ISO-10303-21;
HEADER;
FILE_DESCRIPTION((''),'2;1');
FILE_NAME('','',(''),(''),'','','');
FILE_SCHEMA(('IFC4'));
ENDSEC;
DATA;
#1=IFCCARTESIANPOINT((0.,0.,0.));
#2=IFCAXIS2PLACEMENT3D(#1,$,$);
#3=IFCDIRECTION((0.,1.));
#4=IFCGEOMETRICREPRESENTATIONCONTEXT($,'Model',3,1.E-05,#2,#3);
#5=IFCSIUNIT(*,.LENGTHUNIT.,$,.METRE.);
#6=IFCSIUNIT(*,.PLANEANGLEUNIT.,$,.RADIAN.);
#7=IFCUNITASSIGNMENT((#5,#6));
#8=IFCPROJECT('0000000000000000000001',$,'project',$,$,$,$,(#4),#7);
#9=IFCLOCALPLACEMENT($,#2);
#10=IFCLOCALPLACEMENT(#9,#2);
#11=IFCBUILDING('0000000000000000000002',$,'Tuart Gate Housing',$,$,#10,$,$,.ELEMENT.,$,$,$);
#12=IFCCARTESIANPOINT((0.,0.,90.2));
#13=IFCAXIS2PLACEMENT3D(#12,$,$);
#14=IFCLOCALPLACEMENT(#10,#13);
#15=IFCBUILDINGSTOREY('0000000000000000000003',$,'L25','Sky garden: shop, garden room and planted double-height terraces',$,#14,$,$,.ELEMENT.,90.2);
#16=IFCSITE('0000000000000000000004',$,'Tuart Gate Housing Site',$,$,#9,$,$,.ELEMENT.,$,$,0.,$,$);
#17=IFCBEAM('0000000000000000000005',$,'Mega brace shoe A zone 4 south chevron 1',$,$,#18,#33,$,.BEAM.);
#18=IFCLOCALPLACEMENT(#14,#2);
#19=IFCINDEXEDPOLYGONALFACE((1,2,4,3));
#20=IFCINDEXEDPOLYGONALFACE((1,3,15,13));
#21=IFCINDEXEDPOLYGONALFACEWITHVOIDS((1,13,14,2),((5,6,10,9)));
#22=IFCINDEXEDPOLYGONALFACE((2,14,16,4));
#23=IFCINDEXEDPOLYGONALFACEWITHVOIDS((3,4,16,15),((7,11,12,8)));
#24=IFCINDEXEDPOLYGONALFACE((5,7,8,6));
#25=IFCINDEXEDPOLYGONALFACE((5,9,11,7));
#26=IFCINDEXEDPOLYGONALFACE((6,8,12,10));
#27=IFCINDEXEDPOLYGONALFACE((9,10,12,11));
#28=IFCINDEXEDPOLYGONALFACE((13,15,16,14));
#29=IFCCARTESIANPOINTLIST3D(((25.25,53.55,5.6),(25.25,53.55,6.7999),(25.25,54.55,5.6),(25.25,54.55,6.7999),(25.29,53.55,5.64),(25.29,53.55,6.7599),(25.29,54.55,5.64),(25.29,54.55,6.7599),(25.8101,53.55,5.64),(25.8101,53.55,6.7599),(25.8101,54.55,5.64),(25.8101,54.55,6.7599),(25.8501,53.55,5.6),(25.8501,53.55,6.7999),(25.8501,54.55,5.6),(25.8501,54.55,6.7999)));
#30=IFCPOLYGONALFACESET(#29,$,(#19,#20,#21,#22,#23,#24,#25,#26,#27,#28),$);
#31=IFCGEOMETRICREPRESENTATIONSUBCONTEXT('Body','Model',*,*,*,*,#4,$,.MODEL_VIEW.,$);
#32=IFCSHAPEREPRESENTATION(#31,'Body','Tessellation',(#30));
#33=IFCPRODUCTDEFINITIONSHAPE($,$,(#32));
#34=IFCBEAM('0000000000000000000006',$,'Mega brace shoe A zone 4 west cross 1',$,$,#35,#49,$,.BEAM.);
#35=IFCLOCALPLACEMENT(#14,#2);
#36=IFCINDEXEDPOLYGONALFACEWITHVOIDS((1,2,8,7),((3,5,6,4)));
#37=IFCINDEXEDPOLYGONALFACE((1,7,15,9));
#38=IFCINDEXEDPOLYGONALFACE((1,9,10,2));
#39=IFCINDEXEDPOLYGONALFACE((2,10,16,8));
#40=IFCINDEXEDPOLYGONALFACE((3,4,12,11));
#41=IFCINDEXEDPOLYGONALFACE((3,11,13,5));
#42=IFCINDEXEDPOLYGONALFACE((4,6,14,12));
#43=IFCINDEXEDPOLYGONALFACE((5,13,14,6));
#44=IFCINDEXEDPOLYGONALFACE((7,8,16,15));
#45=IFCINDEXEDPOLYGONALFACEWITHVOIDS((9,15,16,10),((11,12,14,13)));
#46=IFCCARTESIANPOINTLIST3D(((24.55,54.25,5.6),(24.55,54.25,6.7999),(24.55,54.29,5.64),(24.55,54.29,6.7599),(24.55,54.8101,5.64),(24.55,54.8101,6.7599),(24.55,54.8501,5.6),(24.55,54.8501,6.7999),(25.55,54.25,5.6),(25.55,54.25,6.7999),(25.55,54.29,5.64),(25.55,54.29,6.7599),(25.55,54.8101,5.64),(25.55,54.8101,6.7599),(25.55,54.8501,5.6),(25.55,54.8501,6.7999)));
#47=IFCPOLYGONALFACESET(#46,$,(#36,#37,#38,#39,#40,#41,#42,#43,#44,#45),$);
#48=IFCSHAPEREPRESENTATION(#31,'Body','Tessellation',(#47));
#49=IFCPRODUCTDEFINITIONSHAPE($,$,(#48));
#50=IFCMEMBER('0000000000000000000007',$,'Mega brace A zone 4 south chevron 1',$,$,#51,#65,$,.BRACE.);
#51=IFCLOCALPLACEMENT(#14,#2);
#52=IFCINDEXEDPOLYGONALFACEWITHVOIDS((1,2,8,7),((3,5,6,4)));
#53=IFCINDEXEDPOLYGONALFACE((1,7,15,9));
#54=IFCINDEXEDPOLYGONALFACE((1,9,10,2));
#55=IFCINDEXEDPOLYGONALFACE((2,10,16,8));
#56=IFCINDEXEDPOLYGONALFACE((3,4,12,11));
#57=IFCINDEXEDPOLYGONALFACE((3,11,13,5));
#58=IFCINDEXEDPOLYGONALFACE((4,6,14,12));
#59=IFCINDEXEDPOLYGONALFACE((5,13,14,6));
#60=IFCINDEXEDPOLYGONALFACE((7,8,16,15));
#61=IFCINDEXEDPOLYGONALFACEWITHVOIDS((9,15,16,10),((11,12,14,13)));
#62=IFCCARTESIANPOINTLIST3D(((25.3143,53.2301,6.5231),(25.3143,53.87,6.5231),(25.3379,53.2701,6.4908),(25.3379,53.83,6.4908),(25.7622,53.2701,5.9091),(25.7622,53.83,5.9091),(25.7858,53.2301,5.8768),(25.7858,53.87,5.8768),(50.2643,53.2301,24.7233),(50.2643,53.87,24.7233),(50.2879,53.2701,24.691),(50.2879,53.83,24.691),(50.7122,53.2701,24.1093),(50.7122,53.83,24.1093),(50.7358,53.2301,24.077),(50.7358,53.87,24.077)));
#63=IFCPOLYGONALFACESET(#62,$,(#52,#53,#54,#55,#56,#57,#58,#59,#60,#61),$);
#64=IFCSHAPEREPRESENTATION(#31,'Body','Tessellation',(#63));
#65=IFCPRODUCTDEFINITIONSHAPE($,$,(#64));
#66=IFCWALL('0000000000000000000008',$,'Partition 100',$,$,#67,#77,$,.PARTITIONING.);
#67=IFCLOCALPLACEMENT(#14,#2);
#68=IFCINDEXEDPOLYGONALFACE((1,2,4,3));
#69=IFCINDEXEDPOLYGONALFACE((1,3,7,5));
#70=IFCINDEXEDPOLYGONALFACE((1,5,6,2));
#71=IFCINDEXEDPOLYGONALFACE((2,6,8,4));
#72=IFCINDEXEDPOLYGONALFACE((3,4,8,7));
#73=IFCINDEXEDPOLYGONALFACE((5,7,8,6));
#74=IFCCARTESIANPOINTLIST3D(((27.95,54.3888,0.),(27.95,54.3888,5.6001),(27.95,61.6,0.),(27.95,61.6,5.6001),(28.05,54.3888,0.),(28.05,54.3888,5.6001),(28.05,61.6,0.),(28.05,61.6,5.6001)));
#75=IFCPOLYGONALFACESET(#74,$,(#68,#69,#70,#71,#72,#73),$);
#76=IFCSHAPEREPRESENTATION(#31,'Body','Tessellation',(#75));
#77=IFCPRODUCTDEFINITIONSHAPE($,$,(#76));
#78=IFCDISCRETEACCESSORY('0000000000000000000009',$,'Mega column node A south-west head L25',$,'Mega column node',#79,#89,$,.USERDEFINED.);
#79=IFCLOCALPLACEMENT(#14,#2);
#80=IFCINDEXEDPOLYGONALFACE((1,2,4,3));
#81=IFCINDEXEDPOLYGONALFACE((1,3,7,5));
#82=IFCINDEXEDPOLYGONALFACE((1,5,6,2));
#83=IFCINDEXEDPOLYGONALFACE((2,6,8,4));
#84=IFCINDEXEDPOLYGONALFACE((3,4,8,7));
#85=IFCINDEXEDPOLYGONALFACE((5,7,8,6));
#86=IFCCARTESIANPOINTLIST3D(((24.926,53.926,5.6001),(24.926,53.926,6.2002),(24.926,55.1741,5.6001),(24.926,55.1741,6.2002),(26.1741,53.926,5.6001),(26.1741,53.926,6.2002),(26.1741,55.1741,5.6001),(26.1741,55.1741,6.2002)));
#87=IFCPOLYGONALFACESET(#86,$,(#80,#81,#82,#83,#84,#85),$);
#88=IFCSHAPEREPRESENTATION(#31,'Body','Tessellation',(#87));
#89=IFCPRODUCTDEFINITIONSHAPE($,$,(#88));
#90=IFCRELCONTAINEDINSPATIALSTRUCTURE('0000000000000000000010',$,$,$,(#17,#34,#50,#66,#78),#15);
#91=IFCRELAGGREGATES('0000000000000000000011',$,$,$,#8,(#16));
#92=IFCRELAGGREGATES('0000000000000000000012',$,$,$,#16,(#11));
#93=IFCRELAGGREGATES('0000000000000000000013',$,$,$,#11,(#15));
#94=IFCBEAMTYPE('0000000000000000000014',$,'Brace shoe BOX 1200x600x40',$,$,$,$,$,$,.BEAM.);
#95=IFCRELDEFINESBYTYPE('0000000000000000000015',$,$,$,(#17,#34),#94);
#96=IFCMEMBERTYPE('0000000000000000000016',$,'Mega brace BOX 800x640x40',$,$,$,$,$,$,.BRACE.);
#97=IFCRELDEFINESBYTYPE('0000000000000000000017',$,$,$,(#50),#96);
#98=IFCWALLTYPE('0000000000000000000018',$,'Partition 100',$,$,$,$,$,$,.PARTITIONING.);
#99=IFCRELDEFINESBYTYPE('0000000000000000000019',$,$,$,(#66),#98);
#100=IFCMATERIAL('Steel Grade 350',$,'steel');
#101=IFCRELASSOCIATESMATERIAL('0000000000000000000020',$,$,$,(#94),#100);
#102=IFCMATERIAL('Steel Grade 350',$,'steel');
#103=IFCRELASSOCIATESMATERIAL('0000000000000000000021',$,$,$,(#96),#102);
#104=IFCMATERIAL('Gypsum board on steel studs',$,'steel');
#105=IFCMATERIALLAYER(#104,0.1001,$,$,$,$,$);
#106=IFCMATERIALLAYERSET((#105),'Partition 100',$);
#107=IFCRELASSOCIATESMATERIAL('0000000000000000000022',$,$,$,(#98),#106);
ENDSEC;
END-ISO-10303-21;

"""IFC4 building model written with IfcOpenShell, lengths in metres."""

from ifc_helpers import new_model, si_unit, direction, frame, frame_2d, origin, origin_2d, place, context, subcontext, project, spatial, rectangle, hollow_rectangle, extrude, material, layer, layer_set, material_profile, profile_set, type_object, element, save


model = new_model("IFC4")

# Units and contexts
model_context = context("Model", 3, precision=1e-05, world=origin(), true_north=direction((0.0, 1.0)))
body_context = subcontext(model_context, "Body", "Model", "MODEL_VIEW")
ifc_project = project(units=[si_unit("LENGTHUNIT", "METRE"), si_unit("PLANEANGLEUNIT", "RADIAN")], contexts=[model_context])

# Site, building, storey
site_placement = place(None, origin())
site = spatial("IfcSite", under=ifc_project, at=site_placement, Name="Tuart Gate Housing Site", CompositionType="ELEMENT", RefElevation=0.0)
building_placement = place(site_placement, origin())
building = spatial("IfcBuilding", under=site, at=building_placement, Name="Tuart Gate Housing", CompositionType="ELEMENT")
storey_placement = place(building_placement, frame((0.0, 0.0, 90.2)))
storey = spatial("IfcBuildingStorey", under=building, at=storey_placement, Name="L25", Description="Sky garden: shop, garden room and planted double-height terraces", CompositionType="ELEMENT", Elevation=90.2)

# Beams
ifc_material_1 = material(Name="Steel Grade 350", Category="steel")
ifc_material_profile_1 = material_profile(ifc_material_1, hollow_rectangle(XDim=0.6001, YDim=1.2, WallThickness=0.04, at=origin_2d()), Name="BOX 1200x600x40")
ifc_profile_set_1 = profile_set([ifc_material_profile_1], Name="Steel Grade 350")
beam_type = type_object("IfcBeamType", Name="Brace shoe BOX 1200x600x40", PredefinedType="BEAM", material=ifc_profile_set_1)
for number, where, z_axis, x_axis, name in (
    (1, (25.55, 54.55, 6.2), (0.0, -1.0, 0.0), (1.0, 0.0, 0.0), "Mega brace shoe A zone 4 south chevron 1"),
    (2, (25.55, 54.55, 6.2), (-1.0, 0.0, 0.0), (0.0, -1.0, 0.0), "Mega brace shoe A zone 4 west cross 1"),
):
    element("IfcBeam", number, at=place(storey_placement, frame(where, z_axis=z_axis, x_axis=x_axis)), inside=storey, type_object=beam_type, Name=name, PredefinedType="BEAM", context=body_context, shape_type="SweptSolid", body=[
        extrude(hollow_rectangle(XDim=0.6001, YDim=1.2, WallThickness=0.04, at=origin_2d()), origin(), (0.0, 0.0, 1.0), 1.0),
    ])

# Member
ifc_material_2 = material(Name="Steel Grade 350", Category="steel")
ifc_material_profile_2 = material_profile(ifc_material_2, hollow_rectangle(XDim=0.6399, YDim=0.8, WallThickness=0.04, at=origin_2d()), Name="BOX 800x640x40")
ifc_profile_set_2 = profile_set([ifc_material_profile_2], Name="Steel Grade 350")
member_type = type_object("IfcMemberType", Name="Mega brace BOX 800x640x40", PredefinedType="BRACE", material=ifc_profile_set_2)
member_placement = place(storey_placement, frame((25.55, 53.55, 6.2), z_axis=(0.807892, 0.0, 0.589331), x_axis=(0.0, 1.0, 0.0)))
element("IfcMember", 3, at=member_placement, inside=storey, type_object=member_type, Name="Mega brace A zone 4 south chevron 1", PredefinedType="BRACE", context=body_context, shape_type="SweptSolid", body=[
    extrude(hollow_rectangle(XDim=0.6399, YDim=0.8, WallThickness=0.04, at=origin_2d()), origin(), (0.0, 0.0, 1.0), 30.8828),
])

# Wall
ifc_material_3 = material(Name="Gypsum board on steel studs", Category="steel")
ifc_layer_1 = layer(ifc_material_3, 0.1001)
ifc_layer_set_1 = layer_set([ifc_layer_1], Name="Partition 100")
wall_type_1 = type_object("IfcWallType", Name="Partition 100", PredefinedType="PARTITIONING", material=ifc_layer_set_1)
wall_1_placement = place(storey_placement, frame((28.0, 54.3889, 0.0), z_axis=(0.0, 0.0, 1.0), x_axis=(0.0, 1.0, 0.0)))
element("IfcWall", 4, at=wall_1_placement, inside=storey, type_object=wall_type_1, Name="Partition 100", PredefinedType="PARTITIONING", context=body_context, shape_type="SweptSolid", body=[
    extrude(rectangle(XDim=7.2112, YDim=0.1001, at=frame_2d((3.6055, 0.0))), origin(), (0.0, 0.0, 1.0), 5.6001),
])

# Discrete accessory
discrete_accessory_placement = place(storey_placement, frame((25.55, 54.55, 5.6001), z_axis=(0.0, 0.0, 1.0), x_axis=(1.0, 0.0, 0.0)))
element("IfcDiscreteAccessory", 5, at=discrete_accessory_placement, inside=storey, Name="Mega column node A south-west head L25", ObjectType="Mega column node", PredefinedType="USERDEFINED", context=body_context, shape_type="SweptSolid", body=[
    extrude(rectangle(XDim=1.248, YDim=1.248, at=origin_2d()), origin(), (0.0, 0.0, 1.0), 0.6001),
])

save(model, "model.ifc")
